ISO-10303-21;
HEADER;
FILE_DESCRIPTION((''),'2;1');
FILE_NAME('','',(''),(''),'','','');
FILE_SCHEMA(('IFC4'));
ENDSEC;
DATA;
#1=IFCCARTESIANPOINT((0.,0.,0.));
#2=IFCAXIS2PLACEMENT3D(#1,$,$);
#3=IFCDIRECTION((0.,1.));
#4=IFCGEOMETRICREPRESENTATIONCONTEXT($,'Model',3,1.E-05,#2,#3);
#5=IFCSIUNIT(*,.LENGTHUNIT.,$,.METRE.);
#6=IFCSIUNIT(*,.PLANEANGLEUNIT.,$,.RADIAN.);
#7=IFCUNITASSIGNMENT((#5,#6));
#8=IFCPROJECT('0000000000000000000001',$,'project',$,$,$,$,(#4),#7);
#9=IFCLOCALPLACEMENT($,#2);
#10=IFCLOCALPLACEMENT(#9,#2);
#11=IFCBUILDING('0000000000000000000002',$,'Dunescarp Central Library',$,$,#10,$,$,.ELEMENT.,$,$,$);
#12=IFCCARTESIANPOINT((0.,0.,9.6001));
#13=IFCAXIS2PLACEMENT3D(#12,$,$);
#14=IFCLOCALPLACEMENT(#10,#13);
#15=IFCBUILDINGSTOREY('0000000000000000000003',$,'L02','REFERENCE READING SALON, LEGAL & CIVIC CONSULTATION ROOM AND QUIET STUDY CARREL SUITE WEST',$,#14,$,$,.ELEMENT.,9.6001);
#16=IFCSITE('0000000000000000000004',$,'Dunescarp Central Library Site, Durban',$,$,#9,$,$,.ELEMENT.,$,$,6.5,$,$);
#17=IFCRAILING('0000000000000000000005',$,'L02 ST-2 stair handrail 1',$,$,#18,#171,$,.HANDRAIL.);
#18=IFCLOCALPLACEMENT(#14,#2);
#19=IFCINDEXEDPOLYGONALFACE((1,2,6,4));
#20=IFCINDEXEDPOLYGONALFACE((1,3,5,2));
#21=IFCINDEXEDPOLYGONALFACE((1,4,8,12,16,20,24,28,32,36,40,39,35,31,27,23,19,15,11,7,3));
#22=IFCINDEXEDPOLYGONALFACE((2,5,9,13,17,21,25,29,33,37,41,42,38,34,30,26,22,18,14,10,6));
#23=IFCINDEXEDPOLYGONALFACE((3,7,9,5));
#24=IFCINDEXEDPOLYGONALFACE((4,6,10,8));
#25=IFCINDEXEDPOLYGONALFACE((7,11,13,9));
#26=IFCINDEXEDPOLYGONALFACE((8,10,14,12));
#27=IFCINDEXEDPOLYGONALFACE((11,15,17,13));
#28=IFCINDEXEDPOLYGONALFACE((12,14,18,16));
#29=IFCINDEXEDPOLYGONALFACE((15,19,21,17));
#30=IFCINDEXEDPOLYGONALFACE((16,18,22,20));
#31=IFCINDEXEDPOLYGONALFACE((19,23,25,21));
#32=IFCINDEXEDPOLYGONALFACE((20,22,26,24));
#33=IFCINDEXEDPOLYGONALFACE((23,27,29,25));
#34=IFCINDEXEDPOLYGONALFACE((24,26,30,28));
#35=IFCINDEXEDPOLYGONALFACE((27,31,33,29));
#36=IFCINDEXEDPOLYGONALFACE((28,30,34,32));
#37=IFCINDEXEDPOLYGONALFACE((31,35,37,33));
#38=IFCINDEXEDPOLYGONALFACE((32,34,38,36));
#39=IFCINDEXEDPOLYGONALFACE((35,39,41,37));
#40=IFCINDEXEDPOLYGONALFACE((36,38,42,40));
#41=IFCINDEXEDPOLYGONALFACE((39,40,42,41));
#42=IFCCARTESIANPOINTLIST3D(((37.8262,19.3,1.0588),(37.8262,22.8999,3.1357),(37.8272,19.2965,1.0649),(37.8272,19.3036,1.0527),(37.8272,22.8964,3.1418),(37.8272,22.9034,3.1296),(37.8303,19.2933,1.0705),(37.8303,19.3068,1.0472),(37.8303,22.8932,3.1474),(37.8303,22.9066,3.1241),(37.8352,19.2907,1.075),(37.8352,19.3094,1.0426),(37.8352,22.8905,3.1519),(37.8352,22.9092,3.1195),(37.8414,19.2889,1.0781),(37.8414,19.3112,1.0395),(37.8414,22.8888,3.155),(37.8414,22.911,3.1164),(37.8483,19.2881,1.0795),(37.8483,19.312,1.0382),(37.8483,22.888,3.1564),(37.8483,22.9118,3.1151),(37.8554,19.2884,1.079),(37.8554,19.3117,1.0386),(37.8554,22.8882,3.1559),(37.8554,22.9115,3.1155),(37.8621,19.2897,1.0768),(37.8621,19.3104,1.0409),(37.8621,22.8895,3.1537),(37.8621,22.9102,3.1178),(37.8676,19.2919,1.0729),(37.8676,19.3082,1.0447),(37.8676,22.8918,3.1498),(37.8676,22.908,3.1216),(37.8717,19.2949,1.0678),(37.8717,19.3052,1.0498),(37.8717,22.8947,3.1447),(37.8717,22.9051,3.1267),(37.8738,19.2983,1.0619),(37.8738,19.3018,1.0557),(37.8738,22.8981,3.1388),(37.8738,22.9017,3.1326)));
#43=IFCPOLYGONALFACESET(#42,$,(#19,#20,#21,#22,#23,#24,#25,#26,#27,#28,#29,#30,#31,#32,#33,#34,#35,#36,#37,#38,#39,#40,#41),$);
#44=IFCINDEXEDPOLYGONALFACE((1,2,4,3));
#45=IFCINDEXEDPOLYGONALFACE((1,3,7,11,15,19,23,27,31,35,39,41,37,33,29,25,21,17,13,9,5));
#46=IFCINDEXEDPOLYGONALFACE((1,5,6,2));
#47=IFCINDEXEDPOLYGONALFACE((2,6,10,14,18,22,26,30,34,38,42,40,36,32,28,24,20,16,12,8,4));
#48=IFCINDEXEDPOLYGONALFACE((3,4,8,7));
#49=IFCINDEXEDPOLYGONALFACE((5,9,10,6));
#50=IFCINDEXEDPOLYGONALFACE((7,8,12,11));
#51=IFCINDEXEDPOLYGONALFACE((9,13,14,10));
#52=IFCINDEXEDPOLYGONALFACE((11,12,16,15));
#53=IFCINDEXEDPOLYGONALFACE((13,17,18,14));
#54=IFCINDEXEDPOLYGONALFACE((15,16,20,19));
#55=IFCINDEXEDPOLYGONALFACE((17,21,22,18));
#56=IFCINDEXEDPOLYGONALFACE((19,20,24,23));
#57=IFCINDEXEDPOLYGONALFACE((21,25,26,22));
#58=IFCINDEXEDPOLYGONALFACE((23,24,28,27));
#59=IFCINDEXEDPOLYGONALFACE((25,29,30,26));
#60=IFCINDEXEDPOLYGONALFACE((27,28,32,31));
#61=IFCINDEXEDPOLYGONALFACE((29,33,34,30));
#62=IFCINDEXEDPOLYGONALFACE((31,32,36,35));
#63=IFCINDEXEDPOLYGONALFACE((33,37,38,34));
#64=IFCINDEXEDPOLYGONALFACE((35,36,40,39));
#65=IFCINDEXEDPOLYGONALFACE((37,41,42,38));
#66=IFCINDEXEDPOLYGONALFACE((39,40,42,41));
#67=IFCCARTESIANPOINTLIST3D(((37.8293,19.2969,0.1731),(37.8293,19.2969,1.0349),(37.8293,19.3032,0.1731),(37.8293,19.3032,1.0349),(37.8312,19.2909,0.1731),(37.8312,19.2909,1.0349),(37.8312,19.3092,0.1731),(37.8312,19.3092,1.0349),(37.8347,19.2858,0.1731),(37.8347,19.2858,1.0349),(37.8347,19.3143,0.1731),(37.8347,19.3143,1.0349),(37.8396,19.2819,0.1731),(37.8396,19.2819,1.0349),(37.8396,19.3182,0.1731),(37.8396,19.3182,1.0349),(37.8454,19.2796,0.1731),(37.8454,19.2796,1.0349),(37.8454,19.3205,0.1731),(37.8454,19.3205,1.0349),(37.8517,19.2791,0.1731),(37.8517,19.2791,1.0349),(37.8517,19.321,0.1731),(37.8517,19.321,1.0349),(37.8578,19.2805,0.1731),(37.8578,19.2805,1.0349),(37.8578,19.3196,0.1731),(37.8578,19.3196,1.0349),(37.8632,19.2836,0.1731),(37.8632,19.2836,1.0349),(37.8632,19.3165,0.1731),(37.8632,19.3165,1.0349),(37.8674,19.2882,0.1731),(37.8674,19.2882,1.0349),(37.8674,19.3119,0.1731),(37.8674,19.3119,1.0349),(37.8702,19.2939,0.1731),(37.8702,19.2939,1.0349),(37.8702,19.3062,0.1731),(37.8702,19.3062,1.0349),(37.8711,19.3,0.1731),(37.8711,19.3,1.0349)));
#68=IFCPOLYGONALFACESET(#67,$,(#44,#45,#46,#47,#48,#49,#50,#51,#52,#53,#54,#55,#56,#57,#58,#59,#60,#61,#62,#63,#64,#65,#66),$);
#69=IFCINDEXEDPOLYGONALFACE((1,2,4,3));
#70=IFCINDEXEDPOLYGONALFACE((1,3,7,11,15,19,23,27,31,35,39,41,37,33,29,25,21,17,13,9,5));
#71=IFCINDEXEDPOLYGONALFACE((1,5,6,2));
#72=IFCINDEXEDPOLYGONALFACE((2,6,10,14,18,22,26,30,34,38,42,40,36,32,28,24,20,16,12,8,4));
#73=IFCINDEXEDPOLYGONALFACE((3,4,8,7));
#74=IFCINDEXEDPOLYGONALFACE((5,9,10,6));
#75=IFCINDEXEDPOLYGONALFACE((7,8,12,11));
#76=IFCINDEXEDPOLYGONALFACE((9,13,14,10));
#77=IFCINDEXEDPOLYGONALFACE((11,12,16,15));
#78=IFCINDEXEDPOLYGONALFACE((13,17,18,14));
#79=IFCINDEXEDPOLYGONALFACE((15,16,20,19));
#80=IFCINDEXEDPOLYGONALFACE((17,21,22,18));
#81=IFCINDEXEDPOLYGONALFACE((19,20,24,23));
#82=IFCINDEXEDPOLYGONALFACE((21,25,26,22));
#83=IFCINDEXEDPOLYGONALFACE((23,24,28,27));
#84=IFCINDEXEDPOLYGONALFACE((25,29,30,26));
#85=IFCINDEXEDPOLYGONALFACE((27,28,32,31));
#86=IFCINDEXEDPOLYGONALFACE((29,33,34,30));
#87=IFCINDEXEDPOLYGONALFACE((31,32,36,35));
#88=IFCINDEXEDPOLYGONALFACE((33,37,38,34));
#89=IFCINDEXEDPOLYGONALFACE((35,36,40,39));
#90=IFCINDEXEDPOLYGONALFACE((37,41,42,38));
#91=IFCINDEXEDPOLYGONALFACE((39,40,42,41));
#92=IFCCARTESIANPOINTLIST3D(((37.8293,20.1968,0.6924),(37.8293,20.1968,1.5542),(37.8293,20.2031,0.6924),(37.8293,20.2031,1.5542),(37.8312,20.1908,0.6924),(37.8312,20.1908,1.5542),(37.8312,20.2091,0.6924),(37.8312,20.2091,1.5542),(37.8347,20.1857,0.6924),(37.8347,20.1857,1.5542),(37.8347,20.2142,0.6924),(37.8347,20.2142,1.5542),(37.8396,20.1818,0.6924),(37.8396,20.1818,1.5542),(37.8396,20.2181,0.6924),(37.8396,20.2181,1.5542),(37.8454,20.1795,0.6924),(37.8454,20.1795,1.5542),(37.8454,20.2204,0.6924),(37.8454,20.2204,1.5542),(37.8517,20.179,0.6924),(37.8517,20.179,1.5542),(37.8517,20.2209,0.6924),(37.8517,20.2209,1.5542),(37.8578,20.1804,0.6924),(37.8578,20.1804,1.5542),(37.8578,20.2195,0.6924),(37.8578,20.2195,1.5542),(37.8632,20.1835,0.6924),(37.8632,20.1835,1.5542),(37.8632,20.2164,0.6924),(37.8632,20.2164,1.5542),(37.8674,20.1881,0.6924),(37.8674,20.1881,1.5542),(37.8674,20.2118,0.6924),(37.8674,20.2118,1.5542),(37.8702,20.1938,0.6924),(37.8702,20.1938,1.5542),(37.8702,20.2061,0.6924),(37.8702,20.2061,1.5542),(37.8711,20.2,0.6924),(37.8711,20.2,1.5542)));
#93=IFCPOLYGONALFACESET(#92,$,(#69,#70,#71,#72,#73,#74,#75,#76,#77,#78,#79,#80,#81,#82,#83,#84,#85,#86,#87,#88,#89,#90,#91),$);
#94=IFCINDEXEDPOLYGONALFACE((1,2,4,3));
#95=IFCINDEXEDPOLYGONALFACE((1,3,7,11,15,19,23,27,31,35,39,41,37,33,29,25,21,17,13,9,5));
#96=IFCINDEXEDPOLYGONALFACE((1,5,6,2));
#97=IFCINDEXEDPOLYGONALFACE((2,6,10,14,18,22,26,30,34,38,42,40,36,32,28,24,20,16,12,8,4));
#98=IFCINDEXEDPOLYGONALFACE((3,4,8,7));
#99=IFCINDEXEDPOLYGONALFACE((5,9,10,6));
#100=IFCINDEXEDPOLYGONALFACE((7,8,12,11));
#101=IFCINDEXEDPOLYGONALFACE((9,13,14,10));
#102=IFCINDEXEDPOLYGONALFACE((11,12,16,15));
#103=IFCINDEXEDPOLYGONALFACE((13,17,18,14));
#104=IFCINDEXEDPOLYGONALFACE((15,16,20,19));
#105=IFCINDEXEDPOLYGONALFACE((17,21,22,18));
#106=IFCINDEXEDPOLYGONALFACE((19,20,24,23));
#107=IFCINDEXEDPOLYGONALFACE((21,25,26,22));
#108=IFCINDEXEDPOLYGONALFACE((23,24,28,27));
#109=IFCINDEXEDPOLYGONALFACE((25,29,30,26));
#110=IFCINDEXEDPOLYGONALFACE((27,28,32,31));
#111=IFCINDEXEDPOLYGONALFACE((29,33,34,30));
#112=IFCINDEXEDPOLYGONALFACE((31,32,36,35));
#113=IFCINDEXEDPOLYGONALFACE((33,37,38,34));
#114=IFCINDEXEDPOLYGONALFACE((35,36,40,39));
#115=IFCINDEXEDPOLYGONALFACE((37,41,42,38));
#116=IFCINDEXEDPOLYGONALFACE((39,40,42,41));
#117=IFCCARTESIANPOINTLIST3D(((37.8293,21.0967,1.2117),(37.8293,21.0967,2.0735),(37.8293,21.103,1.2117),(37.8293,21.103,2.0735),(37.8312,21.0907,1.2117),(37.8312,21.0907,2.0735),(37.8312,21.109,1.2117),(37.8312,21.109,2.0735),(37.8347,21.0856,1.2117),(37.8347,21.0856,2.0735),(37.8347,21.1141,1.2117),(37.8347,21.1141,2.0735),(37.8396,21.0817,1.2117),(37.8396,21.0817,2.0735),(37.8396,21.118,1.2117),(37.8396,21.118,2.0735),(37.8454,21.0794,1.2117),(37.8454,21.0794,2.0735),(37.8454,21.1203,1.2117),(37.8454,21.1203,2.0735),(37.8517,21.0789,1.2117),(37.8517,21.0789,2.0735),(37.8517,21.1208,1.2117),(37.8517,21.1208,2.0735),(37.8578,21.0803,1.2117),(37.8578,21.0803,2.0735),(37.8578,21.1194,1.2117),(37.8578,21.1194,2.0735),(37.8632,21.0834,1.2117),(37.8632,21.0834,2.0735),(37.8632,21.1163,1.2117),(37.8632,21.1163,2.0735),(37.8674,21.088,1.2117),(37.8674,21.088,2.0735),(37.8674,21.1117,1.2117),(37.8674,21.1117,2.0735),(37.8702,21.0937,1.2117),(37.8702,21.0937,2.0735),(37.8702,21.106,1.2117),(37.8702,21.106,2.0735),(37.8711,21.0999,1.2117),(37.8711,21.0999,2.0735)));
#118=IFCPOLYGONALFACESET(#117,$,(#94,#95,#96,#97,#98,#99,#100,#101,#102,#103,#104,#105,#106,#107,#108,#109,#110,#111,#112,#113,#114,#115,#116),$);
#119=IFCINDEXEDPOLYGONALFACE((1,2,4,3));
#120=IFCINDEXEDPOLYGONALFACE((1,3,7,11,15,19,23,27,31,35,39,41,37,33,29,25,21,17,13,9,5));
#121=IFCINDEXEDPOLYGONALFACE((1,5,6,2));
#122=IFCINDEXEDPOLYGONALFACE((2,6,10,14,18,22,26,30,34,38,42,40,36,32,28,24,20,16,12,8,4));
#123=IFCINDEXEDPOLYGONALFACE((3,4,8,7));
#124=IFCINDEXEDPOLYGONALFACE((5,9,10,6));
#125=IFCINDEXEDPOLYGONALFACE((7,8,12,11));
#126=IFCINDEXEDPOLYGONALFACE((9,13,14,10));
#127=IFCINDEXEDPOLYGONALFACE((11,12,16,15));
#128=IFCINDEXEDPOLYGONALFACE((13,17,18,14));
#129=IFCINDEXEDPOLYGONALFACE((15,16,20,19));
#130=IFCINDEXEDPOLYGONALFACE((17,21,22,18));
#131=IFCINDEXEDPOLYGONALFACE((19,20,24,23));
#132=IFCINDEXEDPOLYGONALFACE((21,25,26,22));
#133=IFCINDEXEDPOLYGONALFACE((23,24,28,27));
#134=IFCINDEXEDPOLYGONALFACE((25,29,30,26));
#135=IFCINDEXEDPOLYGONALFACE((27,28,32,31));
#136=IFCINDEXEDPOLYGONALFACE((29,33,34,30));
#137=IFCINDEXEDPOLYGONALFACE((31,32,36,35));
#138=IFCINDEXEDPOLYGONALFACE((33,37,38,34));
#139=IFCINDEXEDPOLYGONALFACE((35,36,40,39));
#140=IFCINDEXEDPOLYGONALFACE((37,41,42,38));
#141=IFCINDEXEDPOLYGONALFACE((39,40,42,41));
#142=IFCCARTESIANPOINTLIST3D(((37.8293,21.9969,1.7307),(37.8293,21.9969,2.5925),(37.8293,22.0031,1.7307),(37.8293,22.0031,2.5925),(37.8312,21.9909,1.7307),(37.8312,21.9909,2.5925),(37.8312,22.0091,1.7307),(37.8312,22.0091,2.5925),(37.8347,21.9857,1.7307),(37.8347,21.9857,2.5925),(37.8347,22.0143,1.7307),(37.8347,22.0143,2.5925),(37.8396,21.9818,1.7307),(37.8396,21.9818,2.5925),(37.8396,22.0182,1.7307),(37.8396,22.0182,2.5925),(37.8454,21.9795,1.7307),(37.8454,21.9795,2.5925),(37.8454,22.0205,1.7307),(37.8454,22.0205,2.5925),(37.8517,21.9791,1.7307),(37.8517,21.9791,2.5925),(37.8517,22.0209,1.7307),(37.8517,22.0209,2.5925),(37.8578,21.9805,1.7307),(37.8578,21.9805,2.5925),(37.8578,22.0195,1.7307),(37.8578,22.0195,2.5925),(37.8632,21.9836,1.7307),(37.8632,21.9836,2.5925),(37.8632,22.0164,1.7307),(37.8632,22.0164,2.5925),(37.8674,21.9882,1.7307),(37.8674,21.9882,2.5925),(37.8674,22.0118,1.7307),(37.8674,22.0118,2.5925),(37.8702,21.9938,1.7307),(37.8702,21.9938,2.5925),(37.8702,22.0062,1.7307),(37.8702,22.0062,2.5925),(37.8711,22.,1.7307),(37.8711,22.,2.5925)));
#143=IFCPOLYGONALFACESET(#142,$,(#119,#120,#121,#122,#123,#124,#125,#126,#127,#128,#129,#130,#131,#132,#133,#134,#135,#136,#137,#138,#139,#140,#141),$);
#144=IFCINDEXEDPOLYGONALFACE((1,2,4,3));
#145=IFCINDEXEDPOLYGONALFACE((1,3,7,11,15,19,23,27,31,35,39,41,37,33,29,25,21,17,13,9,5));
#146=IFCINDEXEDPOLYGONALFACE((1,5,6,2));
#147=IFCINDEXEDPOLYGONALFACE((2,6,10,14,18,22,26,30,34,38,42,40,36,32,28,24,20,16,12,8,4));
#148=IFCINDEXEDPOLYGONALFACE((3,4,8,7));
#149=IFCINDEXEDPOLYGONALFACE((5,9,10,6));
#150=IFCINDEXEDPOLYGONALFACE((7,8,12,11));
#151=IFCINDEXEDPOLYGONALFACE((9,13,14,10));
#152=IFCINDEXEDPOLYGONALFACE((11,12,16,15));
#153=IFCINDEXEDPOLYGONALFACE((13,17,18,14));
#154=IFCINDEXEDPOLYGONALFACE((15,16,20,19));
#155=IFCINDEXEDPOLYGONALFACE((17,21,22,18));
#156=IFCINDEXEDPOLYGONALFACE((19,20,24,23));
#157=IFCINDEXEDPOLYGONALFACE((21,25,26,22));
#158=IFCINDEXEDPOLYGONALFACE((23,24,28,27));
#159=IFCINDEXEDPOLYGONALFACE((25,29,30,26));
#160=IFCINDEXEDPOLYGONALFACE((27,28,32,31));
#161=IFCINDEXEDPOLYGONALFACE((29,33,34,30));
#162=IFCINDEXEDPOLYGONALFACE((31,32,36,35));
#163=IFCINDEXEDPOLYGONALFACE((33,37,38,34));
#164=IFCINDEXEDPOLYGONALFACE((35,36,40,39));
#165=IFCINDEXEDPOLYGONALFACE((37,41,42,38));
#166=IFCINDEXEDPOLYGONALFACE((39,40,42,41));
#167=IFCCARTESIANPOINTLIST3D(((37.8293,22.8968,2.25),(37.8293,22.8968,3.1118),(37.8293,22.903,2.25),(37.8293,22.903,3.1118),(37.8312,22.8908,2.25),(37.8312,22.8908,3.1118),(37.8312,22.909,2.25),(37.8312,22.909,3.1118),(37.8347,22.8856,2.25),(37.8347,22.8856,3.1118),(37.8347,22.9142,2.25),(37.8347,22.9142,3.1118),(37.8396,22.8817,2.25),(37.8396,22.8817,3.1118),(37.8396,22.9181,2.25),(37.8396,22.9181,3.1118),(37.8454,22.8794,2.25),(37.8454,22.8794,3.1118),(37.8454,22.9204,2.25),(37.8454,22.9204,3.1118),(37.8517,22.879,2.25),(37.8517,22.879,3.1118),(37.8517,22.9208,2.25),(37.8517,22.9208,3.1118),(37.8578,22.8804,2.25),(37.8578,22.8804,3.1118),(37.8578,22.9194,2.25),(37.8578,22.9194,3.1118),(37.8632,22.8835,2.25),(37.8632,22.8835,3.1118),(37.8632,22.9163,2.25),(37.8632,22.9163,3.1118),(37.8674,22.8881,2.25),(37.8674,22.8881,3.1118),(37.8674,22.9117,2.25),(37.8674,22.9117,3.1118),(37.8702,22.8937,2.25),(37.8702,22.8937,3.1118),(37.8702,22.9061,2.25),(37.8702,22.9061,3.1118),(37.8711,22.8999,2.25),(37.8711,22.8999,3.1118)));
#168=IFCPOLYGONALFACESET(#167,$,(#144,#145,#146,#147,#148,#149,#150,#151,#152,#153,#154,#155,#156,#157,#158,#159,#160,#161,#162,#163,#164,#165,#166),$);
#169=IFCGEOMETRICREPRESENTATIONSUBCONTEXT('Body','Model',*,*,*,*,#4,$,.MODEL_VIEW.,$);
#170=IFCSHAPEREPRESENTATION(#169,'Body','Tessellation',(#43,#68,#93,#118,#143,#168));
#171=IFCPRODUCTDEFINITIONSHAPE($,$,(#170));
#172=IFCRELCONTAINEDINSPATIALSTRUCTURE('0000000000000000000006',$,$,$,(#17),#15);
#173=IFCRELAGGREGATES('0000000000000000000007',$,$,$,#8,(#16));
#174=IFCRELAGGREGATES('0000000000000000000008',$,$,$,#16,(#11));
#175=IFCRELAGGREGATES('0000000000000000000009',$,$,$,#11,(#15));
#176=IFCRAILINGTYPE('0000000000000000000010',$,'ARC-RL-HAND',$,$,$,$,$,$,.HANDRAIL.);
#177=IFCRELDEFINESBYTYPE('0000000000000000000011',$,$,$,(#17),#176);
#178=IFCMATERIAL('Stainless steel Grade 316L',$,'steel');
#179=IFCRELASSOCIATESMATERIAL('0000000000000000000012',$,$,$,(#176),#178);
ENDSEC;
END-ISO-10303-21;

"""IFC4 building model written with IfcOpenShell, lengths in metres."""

from ifc_helpers import new_model, si_unit, direction, frame, origin, origin_2d, place, context, subcontext, project, spatial, circle, extrude, material, type_object, element, save


model = new_model("IFC4")

# Units and contexts
model_context = context("Model", 3, precision=1e-05, world=origin(), true_north=direction((0.0, 1.0)))
body_context = subcontext(model_context, "Body", "Model", "MODEL_VIEW")
ifc_project = project(units=[si_unit("LENGTHUNIT", "METRE"), si_unit("PLANEANGLEUNIT", "RADIAN")], contexts=[model_context])

# Site, building, storey
site_placement = place(None, origin())
site = spatial("IfcSite", under=ifc_project, at=site_placement, Name="Dunescarp Central Library Site, Durban", CompositionType="ELEMENT", RefElevation=6.5)
building_placement = place(site_placement, origin())
building = spatial("IfcBuilding", under=site, at=building_placement, Name="Dunescarp Central Library", CompositionType="ELEMENT")
storey_placement = place(building_placement, frame((0.0, 0.0, 9.6001)))
storey = spatial("IfcBuildingStorey", under=building, at=storey_placement, Name="L02", Description="REFERENCE READING SALON, LEGAL & CIVIC CONSULTATION ROOM AND QUIET STUDY CARREL SUITE WEST", CompositionType="ELEMENT", Elevation=9.6001)

# Railing
ifc_material_1 = material(Name="Stainless steel Grade 316L", Category="steel")
railing_type_1 = type_object("IfcRailingType", Name="ARC-RL-HAND", PredefinedType="HANDRAIL", material=ifc_material_1)
railing_1_placement = place(storey_placement, frame((37.8501, 19.3, 0.1731)))
element("IfcRailing", 1, at=railing_1_placement, inside=storey, type_object=railing_type_1, Name="L02 ST-2 stair handrail 1", PredefinedType="HANDRAIL", context=body_context, shape_type="SweptSolid", body=[
    extrude(circle(Radius=0.0239, at=origin_2d()), frame((0.0, 0.0, 0.8857), z_axis=(0.0, 0.866179, 0.499734), x_axis=(-1.0, 0.0, 0.0)), (0.0, 0.0, 1.0), 4.156),
    extrude(circle(Radius=0.021, at=origin_2d()), origin(), (0.0, 0.0, 1.0), 0.8618),
    extrude(circle(Radius=0.021, at=origin_2d()), frame((0.0, 0.8999, 0.5193)), (0.0, 0.0, 1.0), 0.8618),
    extrude(circle(Radius=0.021, at=origin_2d()), frame((0.0, 1.7998, 1.0386)), (0.0, 0.0, 1.0), 0.8618),
    extrude(circle(Radius=0.021, at=origin_2d()), frame((0.0, 2.7, 1.5576)), (0.0, 0.0, 1.0), 0.8618),
    extrude(circle(Radius=0.021, at=origin_2d()), frame((0.0, 3.5999, 2.0769)), (0.0, 0.0, 1.0), 0.8618),
])

save(model, "model.ifc")
